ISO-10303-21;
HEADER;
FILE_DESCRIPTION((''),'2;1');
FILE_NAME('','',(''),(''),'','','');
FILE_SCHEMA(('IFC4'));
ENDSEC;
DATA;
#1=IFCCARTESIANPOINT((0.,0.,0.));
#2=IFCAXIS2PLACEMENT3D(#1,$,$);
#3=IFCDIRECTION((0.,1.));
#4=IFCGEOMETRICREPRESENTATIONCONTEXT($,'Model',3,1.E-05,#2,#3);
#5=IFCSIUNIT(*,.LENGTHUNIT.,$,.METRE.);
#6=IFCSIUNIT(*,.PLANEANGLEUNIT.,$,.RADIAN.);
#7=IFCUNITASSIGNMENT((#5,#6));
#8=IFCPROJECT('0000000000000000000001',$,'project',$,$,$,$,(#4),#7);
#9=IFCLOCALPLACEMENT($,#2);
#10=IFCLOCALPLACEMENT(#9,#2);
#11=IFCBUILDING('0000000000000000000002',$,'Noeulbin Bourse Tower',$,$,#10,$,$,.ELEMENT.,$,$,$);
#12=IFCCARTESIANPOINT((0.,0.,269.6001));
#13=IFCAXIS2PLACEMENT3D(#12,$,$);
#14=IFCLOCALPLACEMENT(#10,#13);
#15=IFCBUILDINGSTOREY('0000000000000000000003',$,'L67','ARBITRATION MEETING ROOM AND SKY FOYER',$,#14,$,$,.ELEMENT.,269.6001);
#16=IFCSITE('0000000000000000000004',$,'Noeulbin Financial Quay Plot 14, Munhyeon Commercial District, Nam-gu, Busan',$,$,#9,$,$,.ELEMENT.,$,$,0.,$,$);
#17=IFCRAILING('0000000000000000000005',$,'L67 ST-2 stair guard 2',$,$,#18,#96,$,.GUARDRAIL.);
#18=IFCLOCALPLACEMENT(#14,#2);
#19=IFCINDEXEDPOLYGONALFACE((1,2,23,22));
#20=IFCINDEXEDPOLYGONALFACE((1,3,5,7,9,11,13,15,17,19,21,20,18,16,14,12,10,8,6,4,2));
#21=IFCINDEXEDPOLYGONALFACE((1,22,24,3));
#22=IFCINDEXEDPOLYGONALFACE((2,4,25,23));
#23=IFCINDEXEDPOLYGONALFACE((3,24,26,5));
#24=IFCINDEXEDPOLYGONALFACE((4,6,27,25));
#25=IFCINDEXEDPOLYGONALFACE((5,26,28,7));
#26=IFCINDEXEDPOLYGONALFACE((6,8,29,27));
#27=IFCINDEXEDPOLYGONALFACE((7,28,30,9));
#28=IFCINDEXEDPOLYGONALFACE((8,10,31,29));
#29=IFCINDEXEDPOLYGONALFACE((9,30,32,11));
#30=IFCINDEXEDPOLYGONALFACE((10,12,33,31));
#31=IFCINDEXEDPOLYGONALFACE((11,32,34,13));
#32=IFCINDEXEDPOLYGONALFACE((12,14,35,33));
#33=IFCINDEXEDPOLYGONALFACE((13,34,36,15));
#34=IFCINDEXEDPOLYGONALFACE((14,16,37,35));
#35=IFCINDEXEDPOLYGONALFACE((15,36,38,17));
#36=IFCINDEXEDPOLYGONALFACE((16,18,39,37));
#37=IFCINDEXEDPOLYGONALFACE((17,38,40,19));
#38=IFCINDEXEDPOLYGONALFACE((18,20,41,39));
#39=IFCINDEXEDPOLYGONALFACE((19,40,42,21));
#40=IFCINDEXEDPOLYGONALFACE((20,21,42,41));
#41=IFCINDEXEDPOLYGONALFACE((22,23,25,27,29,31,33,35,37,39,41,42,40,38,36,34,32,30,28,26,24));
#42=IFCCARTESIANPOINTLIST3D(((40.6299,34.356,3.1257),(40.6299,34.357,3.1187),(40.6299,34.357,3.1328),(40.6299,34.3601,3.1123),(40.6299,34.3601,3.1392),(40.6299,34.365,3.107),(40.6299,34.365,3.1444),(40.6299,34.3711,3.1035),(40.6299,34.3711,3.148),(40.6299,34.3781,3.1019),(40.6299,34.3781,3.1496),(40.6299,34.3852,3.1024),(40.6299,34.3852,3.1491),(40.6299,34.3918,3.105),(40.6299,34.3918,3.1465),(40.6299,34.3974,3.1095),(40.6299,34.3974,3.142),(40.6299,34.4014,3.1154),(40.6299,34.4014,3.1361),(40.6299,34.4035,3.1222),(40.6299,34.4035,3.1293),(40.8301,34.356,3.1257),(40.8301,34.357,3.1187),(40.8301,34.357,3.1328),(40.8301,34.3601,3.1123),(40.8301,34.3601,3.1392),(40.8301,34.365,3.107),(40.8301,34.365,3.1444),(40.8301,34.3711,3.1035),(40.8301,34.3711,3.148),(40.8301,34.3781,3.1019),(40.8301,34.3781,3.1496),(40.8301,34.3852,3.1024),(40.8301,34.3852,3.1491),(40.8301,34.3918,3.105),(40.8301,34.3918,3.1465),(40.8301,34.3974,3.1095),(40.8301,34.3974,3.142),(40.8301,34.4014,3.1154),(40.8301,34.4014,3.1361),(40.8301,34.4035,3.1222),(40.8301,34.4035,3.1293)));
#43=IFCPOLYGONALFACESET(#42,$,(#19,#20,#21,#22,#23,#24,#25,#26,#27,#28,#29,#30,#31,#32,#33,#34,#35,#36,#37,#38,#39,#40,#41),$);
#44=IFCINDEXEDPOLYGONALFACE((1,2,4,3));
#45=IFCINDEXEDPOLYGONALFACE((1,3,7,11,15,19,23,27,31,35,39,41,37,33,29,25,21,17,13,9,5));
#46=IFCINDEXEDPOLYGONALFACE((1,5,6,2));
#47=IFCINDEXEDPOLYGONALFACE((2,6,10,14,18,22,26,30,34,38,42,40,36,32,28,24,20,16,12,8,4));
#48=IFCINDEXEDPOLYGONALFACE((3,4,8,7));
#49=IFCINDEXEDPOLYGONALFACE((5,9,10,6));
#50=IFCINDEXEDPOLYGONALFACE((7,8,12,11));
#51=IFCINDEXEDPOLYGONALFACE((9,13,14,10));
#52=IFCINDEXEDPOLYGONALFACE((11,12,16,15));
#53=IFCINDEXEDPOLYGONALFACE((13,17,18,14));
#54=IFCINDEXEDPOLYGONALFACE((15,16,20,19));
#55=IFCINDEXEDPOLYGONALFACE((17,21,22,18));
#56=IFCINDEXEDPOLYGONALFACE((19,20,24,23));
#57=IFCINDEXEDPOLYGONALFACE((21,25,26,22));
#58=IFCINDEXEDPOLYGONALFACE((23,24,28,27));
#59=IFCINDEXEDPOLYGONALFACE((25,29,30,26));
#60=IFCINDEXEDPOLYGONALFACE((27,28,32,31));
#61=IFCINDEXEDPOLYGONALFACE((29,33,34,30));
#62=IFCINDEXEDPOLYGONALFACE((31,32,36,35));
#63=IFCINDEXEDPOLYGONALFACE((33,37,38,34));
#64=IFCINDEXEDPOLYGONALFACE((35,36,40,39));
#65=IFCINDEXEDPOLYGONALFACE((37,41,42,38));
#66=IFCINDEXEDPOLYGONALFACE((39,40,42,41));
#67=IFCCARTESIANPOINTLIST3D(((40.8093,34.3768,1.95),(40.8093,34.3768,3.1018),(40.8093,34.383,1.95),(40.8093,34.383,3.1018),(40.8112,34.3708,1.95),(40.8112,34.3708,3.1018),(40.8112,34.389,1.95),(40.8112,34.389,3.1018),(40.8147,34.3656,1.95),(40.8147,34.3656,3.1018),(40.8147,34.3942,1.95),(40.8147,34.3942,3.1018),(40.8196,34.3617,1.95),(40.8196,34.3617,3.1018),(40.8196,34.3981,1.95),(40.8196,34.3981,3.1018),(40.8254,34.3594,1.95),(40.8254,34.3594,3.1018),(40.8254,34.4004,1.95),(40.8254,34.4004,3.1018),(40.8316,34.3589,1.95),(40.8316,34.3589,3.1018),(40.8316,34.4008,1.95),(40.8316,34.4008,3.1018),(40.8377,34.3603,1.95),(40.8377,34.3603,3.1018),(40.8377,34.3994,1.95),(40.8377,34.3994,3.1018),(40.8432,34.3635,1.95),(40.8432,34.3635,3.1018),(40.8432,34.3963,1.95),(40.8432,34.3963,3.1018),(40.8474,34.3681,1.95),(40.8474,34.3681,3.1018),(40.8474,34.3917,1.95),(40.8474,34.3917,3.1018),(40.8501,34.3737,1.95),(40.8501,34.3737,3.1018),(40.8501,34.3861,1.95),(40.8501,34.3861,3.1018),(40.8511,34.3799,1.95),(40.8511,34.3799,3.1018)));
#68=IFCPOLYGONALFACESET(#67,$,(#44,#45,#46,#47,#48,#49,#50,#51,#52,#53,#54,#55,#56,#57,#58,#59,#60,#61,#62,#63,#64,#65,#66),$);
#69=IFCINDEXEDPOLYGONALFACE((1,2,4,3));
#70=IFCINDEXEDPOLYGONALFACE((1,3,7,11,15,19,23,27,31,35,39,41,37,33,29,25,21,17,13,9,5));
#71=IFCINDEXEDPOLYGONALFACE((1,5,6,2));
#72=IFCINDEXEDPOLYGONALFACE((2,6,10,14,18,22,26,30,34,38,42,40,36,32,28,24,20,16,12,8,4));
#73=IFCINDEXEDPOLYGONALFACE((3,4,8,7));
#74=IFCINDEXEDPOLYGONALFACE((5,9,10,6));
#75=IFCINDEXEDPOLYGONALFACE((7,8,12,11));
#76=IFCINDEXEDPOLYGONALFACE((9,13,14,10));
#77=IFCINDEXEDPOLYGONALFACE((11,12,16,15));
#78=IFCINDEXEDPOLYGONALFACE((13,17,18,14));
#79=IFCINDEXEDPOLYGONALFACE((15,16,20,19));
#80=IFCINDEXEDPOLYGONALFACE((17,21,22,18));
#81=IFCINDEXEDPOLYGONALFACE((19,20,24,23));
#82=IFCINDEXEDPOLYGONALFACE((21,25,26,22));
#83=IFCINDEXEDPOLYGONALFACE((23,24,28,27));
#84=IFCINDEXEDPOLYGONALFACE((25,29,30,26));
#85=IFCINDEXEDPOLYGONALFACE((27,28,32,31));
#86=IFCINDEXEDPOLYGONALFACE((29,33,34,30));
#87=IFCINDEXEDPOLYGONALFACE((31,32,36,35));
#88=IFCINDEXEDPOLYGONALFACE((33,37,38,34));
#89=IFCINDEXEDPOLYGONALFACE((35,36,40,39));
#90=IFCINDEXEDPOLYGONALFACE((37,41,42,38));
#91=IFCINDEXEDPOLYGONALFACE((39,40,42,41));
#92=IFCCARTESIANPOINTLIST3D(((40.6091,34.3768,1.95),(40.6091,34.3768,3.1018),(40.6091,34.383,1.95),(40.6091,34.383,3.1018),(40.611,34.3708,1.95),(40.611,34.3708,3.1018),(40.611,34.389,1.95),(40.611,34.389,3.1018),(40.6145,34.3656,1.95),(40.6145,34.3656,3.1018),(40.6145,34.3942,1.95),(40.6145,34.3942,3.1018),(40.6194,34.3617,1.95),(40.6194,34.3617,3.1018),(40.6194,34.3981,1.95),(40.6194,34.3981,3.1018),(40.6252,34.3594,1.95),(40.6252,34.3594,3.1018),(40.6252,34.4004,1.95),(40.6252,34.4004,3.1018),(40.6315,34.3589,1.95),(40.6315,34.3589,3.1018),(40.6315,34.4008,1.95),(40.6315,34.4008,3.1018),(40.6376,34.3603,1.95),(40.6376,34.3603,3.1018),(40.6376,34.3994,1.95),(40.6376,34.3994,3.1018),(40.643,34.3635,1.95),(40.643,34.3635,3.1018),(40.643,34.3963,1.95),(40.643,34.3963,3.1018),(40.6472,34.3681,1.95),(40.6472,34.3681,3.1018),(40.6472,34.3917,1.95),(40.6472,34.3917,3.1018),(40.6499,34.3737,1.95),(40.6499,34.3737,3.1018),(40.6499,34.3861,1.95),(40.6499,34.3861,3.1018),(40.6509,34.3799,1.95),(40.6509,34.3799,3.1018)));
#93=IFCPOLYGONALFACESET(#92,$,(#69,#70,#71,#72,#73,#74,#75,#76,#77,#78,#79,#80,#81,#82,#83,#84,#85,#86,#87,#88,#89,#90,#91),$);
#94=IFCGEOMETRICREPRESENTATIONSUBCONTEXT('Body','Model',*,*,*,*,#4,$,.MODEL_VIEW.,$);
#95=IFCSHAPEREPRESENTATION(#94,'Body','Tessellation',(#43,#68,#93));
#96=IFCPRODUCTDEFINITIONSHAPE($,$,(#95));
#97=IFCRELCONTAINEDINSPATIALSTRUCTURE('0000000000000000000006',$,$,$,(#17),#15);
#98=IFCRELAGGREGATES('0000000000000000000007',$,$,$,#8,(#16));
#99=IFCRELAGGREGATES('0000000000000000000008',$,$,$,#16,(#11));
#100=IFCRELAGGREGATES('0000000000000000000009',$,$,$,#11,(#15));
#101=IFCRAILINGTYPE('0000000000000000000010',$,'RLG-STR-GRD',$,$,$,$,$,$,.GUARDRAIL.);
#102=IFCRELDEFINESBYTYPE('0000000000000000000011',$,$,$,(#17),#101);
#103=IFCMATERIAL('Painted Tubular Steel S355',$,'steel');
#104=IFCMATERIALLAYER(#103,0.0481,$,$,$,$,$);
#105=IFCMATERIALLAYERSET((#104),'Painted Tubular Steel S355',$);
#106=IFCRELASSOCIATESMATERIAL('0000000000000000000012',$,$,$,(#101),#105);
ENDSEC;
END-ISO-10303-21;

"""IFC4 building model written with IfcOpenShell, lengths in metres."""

from ifc_helpers import new_model, si_unit, direction, frame, origin, origin_2d, place, context, subcontext, project, spatial, circle, extrude, material, layer, layer_set, type_object, element, save


model = new_model("IFC4")

# Units and contexts
model_context = context("Model", 3, precision=1e-05, world=origin(), true_north=direction((0.0, 1.0)))
body_context = subcontext(model_context, "Body", "Model", "MODEL_VIEW")
ifc_project = project(units=[si_unit("LENGTHUNIT", "METRE"), si_unit("PLANEANGLEUNIT", "RADIAN")], contexts=[model_context])

# Site, building, storey
site_placement = place(None, origin())
site = spatial("IfcSite", under=ifc_project, at=site_placement, Name="Noeulbin Financial Quay Plot 14, Munhyeon Commercial District, Nam-gu, Busan", CompositionType="ELEMENT", RefElevation=0.0)
building_placement = place(site_placement, origin())
building = spatial("IfcBuilding", under=site, at=building_placement, Name="Noeulbin Bourse Tower", CompositionType="ELEMENT")
storey_placement = place(building_placement, frame((0.0, 0.0, 269.6001)))
storey = spatial("IfcBuildingStorey", under=building, at=storey_placement, Name="L67", Description="ARBITRATION MEETING ROOM AND SKY FOYER", CompositionType="ELEMENT", Elevation=269.6001)

# Railing
ifc_material_1 = material(Name="Painted Tubular Steel S355", Category="steel")
ifc_layer_1 = layer(ifc_material_1, 0.0481)
ifc_layer_set_1 = layer_set([ifc_layer_1], Name="Painted Tubular Steel S355")
railing_type_1 = type_object("IfcRailingType", Name="RLG-STR-GRD", PredefinedType="GUARDRAIL", material=ifc_layer_set_1)
railing_1_placement = place(storey_placement, frame((40.8301, 34.3799, 1.95)))
element("IfcRailing", 1, at=railing_1_placement, inside=storey, type_object=railing_type_1, Name="L67 ST-2 stair guard 2", PredefinedType="GUARDRAIL", context=body_context, shape_type="SweptSolid", body=[
    extrude(circle(Radius=0.0239, at=origin_2d()), frame((0.0, 0.0, 1.1758), z_axis=(-1.0, 0.0, 0.0), x_axis=(0.0, -1.0, 0.0)), (0.0, 0.0, 1.0), 0.2002),
    extrude(circle(Radius=0.021, at=origin_2d()), origin(), (0.0, 0.0, 1.0), 1.1519),
    extrude(circle(Radius=0.021, at=origin_2d()), frame((-0.2002, 0.0, 0.0)), (0.0, 0.0, 1.0), 1.1519),
])

save(model, "model.ifc")
